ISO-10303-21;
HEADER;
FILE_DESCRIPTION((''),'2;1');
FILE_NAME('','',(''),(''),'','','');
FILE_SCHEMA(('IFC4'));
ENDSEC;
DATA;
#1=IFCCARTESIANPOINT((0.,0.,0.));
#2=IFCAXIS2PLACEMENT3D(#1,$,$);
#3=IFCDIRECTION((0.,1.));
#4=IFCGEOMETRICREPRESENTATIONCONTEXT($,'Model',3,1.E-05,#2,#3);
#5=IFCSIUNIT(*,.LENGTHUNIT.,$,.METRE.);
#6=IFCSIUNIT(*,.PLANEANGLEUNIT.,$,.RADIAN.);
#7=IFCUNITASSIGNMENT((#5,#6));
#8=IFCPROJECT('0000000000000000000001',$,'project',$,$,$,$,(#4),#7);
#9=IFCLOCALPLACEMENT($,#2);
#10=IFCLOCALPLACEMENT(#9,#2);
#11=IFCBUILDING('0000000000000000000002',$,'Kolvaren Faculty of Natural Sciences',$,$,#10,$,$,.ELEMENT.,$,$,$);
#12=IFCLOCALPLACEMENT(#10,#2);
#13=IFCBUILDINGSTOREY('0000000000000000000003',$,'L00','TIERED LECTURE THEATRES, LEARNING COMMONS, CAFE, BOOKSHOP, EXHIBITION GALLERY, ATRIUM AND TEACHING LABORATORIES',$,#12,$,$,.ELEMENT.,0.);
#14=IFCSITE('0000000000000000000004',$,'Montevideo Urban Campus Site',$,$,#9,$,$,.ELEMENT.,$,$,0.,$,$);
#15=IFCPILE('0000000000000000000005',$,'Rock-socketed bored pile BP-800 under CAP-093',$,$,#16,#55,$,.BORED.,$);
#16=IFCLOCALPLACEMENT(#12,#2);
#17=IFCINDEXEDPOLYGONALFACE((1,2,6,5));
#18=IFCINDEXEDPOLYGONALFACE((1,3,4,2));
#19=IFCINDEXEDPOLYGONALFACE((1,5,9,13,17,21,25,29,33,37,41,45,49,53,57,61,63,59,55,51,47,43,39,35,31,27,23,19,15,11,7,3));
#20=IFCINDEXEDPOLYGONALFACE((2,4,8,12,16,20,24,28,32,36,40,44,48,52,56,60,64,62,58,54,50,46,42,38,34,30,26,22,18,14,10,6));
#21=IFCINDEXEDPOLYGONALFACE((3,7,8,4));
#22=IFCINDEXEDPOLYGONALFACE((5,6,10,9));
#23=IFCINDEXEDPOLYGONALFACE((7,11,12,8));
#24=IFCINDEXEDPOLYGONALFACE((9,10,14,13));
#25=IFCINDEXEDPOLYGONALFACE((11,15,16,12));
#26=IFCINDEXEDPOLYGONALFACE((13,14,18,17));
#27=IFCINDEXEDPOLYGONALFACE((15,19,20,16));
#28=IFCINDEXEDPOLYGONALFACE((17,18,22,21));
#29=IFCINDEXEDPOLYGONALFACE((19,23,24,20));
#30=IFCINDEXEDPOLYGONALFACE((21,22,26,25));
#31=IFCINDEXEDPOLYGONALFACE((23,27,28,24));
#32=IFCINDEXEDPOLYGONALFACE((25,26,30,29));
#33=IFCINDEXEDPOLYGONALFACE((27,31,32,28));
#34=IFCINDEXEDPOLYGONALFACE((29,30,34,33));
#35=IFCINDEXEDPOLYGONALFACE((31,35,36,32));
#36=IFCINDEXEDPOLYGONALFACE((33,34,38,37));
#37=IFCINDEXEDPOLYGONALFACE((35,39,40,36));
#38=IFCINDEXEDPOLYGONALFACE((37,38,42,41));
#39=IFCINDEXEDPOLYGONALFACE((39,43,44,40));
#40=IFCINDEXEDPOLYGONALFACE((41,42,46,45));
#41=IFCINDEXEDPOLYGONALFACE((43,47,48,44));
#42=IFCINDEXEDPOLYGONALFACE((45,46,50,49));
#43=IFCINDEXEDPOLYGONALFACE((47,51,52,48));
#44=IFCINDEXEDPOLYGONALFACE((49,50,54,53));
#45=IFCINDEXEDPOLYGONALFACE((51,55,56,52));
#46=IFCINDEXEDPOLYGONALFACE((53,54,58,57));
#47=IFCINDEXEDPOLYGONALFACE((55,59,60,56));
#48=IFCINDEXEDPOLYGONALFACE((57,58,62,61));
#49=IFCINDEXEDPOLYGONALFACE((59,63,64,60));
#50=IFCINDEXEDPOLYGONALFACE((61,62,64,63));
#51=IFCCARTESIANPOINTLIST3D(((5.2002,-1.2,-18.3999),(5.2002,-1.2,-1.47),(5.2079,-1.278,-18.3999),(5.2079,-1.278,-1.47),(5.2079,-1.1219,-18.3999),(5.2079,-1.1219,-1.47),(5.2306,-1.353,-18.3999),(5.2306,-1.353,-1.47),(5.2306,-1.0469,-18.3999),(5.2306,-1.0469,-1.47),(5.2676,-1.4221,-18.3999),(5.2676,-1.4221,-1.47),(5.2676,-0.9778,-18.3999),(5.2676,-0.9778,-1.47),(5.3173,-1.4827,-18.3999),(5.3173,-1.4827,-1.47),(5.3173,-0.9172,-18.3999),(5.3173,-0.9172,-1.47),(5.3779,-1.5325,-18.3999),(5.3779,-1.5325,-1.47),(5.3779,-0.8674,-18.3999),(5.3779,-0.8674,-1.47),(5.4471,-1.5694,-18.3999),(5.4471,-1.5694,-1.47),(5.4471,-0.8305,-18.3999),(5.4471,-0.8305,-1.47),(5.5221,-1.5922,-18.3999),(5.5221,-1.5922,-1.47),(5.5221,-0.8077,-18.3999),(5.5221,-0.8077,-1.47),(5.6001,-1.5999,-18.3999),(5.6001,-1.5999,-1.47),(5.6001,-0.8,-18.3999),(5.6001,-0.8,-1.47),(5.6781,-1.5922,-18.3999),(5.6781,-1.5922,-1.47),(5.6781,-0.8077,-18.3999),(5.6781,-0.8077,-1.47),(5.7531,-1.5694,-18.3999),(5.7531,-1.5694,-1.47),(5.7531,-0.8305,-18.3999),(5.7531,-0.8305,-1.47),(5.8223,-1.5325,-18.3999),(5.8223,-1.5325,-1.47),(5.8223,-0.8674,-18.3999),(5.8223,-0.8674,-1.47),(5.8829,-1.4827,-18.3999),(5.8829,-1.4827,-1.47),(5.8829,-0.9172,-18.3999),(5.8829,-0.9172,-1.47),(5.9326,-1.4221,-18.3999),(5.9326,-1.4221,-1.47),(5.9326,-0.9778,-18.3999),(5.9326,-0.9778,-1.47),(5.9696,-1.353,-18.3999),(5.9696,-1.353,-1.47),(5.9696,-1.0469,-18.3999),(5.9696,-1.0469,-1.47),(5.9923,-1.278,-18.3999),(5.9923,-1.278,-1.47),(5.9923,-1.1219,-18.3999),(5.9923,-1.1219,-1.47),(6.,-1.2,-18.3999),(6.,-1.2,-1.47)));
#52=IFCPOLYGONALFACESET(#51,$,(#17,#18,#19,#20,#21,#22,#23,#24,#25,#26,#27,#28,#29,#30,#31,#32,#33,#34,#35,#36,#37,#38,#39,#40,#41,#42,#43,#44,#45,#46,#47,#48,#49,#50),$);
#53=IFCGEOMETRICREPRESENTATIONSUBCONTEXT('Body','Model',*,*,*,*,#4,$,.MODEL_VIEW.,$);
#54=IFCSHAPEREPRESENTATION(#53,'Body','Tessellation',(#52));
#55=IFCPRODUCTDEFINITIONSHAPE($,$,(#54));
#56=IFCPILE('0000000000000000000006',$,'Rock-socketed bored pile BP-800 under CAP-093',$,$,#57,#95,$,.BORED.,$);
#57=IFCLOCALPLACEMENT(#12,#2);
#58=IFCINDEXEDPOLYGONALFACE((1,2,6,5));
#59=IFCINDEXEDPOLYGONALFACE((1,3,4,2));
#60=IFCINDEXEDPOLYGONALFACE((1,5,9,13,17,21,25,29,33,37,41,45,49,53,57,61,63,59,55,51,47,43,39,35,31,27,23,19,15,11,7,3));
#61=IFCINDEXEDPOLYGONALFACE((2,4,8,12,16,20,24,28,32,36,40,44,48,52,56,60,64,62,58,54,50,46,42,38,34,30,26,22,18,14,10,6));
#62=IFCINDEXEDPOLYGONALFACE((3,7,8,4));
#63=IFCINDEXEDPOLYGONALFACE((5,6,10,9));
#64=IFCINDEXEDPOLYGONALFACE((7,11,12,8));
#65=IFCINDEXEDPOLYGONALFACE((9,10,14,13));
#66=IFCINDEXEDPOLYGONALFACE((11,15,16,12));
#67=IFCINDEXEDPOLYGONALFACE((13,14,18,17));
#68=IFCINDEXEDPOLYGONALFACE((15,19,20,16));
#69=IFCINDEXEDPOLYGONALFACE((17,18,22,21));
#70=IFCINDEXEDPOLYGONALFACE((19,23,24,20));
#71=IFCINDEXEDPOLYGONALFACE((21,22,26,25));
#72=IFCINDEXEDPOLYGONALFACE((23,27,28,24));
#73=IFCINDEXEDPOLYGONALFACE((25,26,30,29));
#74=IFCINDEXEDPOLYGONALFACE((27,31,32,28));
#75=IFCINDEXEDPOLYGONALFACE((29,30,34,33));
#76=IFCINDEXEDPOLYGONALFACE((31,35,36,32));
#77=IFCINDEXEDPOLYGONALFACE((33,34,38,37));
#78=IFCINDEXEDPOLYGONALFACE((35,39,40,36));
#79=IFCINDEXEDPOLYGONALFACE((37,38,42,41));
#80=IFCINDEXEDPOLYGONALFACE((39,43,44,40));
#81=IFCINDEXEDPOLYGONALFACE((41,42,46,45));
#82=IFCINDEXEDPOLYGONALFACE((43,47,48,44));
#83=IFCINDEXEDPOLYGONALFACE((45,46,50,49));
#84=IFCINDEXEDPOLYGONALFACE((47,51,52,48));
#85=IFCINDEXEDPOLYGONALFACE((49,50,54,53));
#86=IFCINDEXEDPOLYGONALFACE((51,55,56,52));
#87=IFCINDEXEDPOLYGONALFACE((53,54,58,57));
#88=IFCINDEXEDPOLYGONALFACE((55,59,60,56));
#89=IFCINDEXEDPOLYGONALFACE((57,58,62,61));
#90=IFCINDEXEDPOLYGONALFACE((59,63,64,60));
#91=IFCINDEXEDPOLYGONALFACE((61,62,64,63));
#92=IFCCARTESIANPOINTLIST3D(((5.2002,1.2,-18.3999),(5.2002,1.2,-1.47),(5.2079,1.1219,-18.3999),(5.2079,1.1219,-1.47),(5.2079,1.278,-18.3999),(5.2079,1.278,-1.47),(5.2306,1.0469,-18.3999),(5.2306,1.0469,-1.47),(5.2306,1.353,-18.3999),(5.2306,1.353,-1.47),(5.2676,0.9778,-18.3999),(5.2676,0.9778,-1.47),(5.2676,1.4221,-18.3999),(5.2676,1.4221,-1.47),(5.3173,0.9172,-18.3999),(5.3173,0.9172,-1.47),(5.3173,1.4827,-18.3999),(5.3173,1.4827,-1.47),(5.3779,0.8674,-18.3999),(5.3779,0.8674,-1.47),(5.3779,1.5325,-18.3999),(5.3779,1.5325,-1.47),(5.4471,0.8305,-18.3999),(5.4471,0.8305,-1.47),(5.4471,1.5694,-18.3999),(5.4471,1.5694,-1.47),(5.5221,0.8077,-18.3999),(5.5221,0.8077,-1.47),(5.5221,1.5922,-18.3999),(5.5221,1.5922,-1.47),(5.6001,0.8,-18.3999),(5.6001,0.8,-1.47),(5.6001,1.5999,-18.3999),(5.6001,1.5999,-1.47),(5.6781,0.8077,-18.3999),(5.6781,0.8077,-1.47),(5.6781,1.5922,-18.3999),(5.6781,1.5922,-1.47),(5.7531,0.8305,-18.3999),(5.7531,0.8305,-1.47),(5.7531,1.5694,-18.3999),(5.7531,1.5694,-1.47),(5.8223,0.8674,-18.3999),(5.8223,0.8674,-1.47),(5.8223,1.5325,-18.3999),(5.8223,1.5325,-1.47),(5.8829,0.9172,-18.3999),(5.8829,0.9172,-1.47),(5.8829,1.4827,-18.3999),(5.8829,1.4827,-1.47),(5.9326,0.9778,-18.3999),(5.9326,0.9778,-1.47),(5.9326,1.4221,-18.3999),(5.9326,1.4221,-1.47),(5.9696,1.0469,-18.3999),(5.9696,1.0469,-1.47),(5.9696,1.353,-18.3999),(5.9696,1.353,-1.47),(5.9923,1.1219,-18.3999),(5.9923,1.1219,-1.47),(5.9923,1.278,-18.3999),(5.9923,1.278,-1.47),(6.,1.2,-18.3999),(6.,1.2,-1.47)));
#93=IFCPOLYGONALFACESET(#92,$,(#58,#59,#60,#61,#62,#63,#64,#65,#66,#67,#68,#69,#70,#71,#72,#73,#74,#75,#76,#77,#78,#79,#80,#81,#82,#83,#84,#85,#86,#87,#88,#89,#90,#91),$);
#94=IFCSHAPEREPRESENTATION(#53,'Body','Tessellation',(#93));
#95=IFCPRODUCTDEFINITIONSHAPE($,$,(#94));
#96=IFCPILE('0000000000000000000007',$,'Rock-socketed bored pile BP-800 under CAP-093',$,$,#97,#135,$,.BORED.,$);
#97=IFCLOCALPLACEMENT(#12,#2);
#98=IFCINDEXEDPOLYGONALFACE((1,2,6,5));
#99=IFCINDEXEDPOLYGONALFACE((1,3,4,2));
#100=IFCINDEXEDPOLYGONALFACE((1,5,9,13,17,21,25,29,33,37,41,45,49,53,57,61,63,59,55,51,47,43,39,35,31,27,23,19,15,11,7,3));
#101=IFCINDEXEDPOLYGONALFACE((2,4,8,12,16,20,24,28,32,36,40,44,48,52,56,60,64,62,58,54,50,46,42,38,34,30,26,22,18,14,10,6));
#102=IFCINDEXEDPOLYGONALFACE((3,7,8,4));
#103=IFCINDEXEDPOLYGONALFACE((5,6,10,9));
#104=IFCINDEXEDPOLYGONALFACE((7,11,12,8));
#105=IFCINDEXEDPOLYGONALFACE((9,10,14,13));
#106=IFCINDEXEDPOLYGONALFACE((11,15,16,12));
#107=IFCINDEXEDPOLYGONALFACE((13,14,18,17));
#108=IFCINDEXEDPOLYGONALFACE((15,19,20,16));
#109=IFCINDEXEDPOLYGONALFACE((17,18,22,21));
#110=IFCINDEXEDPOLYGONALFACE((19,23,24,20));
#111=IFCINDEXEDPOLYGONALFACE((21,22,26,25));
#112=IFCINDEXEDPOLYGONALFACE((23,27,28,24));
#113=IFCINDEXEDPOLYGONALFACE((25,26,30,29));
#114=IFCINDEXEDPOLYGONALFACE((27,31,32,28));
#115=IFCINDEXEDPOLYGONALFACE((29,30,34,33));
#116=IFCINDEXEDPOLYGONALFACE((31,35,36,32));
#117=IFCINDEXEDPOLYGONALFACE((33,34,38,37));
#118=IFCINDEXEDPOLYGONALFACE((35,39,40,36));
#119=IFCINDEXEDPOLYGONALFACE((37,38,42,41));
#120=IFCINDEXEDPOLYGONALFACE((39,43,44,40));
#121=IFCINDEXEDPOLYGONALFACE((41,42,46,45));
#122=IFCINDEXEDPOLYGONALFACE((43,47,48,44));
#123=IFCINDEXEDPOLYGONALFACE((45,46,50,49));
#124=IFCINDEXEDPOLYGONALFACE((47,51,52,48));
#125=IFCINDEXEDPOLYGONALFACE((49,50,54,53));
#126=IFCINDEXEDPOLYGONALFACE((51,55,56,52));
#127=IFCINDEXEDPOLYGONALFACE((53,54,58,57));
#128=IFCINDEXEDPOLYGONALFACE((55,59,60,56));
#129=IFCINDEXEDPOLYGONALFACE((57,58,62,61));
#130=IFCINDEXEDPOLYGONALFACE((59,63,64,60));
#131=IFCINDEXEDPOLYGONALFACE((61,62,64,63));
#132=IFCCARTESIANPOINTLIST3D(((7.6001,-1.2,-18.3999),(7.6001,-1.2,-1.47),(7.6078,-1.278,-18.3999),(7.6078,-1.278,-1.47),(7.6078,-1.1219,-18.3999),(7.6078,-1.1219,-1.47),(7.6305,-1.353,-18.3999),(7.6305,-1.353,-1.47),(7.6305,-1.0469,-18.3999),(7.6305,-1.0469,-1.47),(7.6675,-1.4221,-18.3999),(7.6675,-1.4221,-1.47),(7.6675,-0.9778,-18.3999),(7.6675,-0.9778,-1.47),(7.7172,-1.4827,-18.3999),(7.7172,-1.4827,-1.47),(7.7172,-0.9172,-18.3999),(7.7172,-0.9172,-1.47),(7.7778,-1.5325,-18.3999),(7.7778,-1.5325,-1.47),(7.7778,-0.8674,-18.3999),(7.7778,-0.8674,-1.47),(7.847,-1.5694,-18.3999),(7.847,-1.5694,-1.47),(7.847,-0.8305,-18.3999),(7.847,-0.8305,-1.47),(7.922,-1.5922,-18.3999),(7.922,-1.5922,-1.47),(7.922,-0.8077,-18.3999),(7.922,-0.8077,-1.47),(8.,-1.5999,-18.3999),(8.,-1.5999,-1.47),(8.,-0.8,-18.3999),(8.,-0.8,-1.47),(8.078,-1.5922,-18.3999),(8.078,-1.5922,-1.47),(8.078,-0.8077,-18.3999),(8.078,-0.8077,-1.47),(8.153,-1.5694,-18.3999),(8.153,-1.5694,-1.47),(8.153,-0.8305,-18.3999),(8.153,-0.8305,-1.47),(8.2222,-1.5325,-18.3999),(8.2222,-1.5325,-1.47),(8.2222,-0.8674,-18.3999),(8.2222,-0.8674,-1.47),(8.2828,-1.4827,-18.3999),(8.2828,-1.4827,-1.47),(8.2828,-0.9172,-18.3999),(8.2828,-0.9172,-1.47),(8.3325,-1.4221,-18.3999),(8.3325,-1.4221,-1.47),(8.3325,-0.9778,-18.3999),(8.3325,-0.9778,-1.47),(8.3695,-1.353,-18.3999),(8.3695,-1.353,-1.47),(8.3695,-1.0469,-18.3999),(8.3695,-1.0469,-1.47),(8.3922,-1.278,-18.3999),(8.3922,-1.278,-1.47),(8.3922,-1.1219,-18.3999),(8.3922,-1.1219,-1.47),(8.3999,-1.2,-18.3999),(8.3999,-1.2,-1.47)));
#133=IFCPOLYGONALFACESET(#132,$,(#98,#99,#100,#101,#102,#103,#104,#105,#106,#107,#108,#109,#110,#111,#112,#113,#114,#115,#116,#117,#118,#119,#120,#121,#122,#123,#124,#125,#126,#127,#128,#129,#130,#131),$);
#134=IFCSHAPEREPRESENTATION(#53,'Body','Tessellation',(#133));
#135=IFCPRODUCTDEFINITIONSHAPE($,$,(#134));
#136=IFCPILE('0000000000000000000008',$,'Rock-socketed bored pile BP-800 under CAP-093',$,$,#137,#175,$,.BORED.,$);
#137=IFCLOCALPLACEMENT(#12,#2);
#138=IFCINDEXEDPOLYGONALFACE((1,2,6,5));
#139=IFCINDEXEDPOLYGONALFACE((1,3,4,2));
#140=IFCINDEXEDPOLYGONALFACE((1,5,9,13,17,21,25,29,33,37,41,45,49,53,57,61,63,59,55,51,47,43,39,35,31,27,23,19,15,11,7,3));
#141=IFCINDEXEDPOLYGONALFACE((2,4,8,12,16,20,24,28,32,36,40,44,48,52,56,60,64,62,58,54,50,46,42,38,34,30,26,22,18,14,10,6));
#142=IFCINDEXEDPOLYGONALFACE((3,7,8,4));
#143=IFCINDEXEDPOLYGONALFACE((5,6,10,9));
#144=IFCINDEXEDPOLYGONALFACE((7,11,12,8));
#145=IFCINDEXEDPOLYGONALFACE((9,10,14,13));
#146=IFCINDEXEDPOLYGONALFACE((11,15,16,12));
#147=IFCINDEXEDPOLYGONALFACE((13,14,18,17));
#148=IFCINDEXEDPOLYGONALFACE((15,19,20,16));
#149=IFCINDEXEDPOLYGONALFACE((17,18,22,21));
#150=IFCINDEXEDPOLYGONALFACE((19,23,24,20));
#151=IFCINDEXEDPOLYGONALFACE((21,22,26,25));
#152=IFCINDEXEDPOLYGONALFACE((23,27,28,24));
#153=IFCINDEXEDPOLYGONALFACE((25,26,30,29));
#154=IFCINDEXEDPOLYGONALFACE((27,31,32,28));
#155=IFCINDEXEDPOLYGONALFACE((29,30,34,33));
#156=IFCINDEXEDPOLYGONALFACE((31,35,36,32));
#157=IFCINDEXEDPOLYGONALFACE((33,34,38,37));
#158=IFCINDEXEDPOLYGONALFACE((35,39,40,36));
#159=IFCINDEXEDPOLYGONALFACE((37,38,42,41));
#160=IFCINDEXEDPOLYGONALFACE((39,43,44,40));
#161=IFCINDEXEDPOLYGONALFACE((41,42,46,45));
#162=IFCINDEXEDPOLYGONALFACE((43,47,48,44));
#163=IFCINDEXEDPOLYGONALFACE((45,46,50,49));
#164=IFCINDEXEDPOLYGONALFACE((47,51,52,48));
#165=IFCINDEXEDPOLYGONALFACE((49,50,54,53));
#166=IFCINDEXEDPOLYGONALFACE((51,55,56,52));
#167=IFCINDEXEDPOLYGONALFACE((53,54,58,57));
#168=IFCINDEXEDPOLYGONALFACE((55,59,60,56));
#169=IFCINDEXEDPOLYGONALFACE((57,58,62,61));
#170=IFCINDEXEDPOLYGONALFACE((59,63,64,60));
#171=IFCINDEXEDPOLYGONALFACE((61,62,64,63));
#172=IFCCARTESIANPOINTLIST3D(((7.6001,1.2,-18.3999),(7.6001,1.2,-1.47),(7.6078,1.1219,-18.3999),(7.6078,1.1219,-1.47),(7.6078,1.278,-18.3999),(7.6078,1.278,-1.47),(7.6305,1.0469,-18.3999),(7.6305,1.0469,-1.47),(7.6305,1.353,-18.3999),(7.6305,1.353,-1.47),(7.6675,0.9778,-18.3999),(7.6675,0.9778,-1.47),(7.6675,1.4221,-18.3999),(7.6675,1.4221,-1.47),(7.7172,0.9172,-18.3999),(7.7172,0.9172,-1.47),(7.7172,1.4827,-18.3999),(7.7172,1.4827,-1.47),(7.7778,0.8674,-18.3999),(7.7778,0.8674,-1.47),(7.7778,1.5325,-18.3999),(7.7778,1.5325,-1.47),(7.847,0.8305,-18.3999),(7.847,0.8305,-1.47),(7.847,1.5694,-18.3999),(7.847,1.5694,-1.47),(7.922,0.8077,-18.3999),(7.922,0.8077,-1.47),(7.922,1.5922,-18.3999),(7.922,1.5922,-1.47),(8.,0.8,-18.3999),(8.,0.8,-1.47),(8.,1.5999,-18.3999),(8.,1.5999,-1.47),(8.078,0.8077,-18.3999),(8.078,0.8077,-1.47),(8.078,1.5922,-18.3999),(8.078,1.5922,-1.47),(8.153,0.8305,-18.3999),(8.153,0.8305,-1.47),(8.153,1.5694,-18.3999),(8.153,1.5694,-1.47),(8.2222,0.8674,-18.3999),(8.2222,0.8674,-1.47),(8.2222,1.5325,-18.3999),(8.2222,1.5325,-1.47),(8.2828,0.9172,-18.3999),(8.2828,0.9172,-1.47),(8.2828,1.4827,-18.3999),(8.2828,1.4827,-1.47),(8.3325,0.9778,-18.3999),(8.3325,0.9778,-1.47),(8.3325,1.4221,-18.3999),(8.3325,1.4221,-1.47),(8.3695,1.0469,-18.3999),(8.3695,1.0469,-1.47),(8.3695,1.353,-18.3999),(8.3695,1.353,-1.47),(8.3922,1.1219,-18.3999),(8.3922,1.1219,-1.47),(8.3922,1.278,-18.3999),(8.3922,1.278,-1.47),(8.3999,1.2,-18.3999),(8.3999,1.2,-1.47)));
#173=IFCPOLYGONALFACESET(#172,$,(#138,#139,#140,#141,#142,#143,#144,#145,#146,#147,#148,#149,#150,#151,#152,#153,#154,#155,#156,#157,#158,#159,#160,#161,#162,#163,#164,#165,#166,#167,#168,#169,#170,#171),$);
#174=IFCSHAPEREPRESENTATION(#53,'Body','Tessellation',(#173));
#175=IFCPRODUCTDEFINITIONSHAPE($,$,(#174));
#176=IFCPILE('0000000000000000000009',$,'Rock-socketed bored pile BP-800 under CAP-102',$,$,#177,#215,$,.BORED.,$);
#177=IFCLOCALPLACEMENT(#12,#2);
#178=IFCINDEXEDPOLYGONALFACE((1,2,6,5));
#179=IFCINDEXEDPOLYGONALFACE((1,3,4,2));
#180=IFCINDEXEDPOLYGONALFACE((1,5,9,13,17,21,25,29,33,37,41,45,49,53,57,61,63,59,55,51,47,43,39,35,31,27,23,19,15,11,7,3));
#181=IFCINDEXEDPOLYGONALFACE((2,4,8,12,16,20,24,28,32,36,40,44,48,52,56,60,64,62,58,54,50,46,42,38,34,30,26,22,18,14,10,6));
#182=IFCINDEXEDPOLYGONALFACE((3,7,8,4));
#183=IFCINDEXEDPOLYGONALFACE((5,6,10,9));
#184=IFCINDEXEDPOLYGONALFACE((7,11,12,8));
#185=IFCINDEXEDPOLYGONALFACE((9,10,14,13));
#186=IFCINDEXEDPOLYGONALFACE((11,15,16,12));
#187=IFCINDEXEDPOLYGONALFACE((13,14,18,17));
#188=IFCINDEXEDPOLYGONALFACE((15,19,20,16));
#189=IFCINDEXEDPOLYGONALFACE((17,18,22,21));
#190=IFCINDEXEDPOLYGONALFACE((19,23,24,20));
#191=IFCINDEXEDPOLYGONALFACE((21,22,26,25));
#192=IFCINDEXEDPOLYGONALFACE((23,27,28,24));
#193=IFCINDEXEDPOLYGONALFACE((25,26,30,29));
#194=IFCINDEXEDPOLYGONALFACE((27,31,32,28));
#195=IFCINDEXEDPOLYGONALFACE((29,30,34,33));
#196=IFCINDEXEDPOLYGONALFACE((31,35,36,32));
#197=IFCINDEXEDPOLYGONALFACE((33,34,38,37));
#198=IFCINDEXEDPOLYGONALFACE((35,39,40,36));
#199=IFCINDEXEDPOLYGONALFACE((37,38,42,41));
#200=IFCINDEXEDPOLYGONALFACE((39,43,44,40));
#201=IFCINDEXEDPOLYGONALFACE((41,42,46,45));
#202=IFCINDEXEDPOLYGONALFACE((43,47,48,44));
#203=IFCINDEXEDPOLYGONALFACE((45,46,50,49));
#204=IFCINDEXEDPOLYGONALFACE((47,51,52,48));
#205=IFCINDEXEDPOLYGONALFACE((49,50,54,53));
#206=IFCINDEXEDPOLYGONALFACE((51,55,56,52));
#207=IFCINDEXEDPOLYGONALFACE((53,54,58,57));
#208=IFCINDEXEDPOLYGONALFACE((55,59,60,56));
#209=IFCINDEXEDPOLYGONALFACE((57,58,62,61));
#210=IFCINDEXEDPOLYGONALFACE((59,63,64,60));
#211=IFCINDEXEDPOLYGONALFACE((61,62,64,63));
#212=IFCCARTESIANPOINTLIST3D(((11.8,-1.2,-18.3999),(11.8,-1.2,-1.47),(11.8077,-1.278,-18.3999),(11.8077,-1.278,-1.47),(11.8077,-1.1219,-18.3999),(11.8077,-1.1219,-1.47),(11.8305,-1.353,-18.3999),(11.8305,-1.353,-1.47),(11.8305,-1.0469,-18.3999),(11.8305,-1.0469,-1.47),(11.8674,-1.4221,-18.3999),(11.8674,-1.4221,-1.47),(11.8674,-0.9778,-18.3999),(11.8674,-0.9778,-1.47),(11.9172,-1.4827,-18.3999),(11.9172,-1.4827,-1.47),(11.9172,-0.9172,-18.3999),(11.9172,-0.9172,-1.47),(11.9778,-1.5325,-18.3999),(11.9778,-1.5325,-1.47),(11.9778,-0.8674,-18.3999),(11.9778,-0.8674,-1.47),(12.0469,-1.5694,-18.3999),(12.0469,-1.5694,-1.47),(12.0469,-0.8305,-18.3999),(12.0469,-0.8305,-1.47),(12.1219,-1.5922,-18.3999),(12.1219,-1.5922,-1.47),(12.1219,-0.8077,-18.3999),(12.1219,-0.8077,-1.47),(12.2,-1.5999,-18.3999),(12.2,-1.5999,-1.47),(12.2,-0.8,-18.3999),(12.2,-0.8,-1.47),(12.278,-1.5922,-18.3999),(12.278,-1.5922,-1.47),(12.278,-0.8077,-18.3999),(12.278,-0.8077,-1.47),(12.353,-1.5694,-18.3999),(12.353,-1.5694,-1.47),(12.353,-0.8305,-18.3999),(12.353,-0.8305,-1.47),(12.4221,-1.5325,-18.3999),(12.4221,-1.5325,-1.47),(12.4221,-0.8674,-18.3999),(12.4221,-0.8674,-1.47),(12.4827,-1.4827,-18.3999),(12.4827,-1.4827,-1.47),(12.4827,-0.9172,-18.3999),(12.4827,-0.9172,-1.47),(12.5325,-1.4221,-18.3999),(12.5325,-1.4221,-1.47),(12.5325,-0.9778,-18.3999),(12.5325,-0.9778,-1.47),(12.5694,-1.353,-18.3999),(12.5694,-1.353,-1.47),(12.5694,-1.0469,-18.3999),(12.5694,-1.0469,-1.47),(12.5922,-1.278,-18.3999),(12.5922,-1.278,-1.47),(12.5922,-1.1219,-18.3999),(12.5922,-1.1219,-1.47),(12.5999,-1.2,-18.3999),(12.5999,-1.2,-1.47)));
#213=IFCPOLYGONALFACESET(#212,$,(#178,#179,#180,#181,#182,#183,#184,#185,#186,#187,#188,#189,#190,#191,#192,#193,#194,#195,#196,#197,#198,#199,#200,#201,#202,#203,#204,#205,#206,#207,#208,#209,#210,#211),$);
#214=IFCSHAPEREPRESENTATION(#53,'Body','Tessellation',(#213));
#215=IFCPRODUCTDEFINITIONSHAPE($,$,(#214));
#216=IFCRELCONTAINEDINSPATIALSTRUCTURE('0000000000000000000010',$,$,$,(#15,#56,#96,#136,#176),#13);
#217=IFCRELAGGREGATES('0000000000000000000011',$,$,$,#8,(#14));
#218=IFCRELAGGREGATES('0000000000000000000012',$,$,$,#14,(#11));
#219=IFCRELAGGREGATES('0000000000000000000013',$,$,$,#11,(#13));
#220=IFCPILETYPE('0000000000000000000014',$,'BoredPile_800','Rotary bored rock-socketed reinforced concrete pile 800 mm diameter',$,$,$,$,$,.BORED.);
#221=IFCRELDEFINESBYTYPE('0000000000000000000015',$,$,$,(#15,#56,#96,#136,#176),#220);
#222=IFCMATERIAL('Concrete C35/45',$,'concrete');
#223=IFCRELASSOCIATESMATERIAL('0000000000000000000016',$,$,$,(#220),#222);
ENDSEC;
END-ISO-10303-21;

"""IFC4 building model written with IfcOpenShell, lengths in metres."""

from ifc_helpers import new_model, si_unit, direction, frame, origin, origin_2d, place, context, subcontext, project, spatial, circle, extrude, material, material_profile, profile_set, type_object, element, save


model = new_model("IFC4")

# Units and contexts
model_context = context("Model", 3, precision=1e-05, world=origin(), true_north=direction((0.0, 1.0)))
body_context = subcontext(model_context, "Body", "Model", "MODEL_VIEW")
ifc_project = project(units=[si_unit("LENGTHUNIT", "METRE"), si_unit("PLANEANGLEUNIT", "RADIAN")], contexts=[model_context])

# Site, building, storey
site_placement = place(None, origin())
site = spatial("IfcSite", under=ifc_project, at=site_placement, Name="Montevideo Urban Campus Site", CompositionType="ELEMENT", RefElevation=0.0)
building_placement = place(site_placement, origin())
building = spatial("IfcBuilding", under=site, at=building_placement, Name="Kolvaren Faculty of Natural Sciences", CompositionType="ELEMENT")
storey_placement = place(building_placement, origin())
storey = spatial("IfcBuildingStorey", under=building, at=storey_placement, Name="L00", Description="TIERED LECTURE THEATRES, LEARNING COMMONS, CAFE, BOOKSHOP, EXHIBITION GALLERY, ATRIUM AND TEACHING LABORATORIES", CompositionType="ELEMENT", Elevation=0.0)

# Piles
ifc_material_1 = material(Name="Concrete C35/45", Category="concrete")
ifc_material_profile_1 = material_profile(ifc_material_1, circle(Radius=0.3999, at=origin_2d()), Name="PILE D800")
ifc_profile_set_1 = profile_set([ifc_material_profile_1], Name="Concrete C35/45")
pile_type = type_object("IfcPileType", Name="BoredPile_800", Description="Rotary bored rock-socketed reinforced concrete pile 800 mm diameter", PredefinedType="BORED", material=ifc_profile_set_1)
for number, where, z_axis, x_axis, name in (
    (1, (5.6001, -1.2, -1.47), (0.0, 0.0, -1.0), (1.0, 0.0, 0.0), "Rock-socketed bored pile BP-800 under CAP-093"),
    (2, (5.6001, 1.2, -1.47), (0.0, 0.0, -1.0), (1.0, 0.0, 0.0), "Rock-socketed bored pile BP-800 under CAP-093"),
    (3, (8.0, -1.2, -1.47), (0.0, 0.0, -1.0), (1.0, 0.0, 0.0), "Rock-socketed bored pile BP-800 under CAP-093"),
    (4, (8.0, 1.2, -1.47), (0.0, 0.0, -1.0), (1.0, 0.0, 0.0), "Rock-socketed bored pile BP-800 under CAP-093"),
    (5, (12.2, -1.2, -1.47), (0.0, 0.0, -1.0), (1.0, 0.0, 0.0), "Rock-socketed bored pile BP-800 under CAP-102"),
):
    element("IfcPile", number, at=place(storey_placement, frame(where, z_axis=z_axis, x_axis=x_axis)), inside=storey, type_object=pile_type, Name=name, PredefinedType="BORED", context=body_context, shape_type="SweptSolid", body=[
        extrude(circle(Radius=0.3999, at=origin_2d()), origin(), (0.0, 0.0, 1.0), 16.9299),
    ])

save(model, "model.ifc")
